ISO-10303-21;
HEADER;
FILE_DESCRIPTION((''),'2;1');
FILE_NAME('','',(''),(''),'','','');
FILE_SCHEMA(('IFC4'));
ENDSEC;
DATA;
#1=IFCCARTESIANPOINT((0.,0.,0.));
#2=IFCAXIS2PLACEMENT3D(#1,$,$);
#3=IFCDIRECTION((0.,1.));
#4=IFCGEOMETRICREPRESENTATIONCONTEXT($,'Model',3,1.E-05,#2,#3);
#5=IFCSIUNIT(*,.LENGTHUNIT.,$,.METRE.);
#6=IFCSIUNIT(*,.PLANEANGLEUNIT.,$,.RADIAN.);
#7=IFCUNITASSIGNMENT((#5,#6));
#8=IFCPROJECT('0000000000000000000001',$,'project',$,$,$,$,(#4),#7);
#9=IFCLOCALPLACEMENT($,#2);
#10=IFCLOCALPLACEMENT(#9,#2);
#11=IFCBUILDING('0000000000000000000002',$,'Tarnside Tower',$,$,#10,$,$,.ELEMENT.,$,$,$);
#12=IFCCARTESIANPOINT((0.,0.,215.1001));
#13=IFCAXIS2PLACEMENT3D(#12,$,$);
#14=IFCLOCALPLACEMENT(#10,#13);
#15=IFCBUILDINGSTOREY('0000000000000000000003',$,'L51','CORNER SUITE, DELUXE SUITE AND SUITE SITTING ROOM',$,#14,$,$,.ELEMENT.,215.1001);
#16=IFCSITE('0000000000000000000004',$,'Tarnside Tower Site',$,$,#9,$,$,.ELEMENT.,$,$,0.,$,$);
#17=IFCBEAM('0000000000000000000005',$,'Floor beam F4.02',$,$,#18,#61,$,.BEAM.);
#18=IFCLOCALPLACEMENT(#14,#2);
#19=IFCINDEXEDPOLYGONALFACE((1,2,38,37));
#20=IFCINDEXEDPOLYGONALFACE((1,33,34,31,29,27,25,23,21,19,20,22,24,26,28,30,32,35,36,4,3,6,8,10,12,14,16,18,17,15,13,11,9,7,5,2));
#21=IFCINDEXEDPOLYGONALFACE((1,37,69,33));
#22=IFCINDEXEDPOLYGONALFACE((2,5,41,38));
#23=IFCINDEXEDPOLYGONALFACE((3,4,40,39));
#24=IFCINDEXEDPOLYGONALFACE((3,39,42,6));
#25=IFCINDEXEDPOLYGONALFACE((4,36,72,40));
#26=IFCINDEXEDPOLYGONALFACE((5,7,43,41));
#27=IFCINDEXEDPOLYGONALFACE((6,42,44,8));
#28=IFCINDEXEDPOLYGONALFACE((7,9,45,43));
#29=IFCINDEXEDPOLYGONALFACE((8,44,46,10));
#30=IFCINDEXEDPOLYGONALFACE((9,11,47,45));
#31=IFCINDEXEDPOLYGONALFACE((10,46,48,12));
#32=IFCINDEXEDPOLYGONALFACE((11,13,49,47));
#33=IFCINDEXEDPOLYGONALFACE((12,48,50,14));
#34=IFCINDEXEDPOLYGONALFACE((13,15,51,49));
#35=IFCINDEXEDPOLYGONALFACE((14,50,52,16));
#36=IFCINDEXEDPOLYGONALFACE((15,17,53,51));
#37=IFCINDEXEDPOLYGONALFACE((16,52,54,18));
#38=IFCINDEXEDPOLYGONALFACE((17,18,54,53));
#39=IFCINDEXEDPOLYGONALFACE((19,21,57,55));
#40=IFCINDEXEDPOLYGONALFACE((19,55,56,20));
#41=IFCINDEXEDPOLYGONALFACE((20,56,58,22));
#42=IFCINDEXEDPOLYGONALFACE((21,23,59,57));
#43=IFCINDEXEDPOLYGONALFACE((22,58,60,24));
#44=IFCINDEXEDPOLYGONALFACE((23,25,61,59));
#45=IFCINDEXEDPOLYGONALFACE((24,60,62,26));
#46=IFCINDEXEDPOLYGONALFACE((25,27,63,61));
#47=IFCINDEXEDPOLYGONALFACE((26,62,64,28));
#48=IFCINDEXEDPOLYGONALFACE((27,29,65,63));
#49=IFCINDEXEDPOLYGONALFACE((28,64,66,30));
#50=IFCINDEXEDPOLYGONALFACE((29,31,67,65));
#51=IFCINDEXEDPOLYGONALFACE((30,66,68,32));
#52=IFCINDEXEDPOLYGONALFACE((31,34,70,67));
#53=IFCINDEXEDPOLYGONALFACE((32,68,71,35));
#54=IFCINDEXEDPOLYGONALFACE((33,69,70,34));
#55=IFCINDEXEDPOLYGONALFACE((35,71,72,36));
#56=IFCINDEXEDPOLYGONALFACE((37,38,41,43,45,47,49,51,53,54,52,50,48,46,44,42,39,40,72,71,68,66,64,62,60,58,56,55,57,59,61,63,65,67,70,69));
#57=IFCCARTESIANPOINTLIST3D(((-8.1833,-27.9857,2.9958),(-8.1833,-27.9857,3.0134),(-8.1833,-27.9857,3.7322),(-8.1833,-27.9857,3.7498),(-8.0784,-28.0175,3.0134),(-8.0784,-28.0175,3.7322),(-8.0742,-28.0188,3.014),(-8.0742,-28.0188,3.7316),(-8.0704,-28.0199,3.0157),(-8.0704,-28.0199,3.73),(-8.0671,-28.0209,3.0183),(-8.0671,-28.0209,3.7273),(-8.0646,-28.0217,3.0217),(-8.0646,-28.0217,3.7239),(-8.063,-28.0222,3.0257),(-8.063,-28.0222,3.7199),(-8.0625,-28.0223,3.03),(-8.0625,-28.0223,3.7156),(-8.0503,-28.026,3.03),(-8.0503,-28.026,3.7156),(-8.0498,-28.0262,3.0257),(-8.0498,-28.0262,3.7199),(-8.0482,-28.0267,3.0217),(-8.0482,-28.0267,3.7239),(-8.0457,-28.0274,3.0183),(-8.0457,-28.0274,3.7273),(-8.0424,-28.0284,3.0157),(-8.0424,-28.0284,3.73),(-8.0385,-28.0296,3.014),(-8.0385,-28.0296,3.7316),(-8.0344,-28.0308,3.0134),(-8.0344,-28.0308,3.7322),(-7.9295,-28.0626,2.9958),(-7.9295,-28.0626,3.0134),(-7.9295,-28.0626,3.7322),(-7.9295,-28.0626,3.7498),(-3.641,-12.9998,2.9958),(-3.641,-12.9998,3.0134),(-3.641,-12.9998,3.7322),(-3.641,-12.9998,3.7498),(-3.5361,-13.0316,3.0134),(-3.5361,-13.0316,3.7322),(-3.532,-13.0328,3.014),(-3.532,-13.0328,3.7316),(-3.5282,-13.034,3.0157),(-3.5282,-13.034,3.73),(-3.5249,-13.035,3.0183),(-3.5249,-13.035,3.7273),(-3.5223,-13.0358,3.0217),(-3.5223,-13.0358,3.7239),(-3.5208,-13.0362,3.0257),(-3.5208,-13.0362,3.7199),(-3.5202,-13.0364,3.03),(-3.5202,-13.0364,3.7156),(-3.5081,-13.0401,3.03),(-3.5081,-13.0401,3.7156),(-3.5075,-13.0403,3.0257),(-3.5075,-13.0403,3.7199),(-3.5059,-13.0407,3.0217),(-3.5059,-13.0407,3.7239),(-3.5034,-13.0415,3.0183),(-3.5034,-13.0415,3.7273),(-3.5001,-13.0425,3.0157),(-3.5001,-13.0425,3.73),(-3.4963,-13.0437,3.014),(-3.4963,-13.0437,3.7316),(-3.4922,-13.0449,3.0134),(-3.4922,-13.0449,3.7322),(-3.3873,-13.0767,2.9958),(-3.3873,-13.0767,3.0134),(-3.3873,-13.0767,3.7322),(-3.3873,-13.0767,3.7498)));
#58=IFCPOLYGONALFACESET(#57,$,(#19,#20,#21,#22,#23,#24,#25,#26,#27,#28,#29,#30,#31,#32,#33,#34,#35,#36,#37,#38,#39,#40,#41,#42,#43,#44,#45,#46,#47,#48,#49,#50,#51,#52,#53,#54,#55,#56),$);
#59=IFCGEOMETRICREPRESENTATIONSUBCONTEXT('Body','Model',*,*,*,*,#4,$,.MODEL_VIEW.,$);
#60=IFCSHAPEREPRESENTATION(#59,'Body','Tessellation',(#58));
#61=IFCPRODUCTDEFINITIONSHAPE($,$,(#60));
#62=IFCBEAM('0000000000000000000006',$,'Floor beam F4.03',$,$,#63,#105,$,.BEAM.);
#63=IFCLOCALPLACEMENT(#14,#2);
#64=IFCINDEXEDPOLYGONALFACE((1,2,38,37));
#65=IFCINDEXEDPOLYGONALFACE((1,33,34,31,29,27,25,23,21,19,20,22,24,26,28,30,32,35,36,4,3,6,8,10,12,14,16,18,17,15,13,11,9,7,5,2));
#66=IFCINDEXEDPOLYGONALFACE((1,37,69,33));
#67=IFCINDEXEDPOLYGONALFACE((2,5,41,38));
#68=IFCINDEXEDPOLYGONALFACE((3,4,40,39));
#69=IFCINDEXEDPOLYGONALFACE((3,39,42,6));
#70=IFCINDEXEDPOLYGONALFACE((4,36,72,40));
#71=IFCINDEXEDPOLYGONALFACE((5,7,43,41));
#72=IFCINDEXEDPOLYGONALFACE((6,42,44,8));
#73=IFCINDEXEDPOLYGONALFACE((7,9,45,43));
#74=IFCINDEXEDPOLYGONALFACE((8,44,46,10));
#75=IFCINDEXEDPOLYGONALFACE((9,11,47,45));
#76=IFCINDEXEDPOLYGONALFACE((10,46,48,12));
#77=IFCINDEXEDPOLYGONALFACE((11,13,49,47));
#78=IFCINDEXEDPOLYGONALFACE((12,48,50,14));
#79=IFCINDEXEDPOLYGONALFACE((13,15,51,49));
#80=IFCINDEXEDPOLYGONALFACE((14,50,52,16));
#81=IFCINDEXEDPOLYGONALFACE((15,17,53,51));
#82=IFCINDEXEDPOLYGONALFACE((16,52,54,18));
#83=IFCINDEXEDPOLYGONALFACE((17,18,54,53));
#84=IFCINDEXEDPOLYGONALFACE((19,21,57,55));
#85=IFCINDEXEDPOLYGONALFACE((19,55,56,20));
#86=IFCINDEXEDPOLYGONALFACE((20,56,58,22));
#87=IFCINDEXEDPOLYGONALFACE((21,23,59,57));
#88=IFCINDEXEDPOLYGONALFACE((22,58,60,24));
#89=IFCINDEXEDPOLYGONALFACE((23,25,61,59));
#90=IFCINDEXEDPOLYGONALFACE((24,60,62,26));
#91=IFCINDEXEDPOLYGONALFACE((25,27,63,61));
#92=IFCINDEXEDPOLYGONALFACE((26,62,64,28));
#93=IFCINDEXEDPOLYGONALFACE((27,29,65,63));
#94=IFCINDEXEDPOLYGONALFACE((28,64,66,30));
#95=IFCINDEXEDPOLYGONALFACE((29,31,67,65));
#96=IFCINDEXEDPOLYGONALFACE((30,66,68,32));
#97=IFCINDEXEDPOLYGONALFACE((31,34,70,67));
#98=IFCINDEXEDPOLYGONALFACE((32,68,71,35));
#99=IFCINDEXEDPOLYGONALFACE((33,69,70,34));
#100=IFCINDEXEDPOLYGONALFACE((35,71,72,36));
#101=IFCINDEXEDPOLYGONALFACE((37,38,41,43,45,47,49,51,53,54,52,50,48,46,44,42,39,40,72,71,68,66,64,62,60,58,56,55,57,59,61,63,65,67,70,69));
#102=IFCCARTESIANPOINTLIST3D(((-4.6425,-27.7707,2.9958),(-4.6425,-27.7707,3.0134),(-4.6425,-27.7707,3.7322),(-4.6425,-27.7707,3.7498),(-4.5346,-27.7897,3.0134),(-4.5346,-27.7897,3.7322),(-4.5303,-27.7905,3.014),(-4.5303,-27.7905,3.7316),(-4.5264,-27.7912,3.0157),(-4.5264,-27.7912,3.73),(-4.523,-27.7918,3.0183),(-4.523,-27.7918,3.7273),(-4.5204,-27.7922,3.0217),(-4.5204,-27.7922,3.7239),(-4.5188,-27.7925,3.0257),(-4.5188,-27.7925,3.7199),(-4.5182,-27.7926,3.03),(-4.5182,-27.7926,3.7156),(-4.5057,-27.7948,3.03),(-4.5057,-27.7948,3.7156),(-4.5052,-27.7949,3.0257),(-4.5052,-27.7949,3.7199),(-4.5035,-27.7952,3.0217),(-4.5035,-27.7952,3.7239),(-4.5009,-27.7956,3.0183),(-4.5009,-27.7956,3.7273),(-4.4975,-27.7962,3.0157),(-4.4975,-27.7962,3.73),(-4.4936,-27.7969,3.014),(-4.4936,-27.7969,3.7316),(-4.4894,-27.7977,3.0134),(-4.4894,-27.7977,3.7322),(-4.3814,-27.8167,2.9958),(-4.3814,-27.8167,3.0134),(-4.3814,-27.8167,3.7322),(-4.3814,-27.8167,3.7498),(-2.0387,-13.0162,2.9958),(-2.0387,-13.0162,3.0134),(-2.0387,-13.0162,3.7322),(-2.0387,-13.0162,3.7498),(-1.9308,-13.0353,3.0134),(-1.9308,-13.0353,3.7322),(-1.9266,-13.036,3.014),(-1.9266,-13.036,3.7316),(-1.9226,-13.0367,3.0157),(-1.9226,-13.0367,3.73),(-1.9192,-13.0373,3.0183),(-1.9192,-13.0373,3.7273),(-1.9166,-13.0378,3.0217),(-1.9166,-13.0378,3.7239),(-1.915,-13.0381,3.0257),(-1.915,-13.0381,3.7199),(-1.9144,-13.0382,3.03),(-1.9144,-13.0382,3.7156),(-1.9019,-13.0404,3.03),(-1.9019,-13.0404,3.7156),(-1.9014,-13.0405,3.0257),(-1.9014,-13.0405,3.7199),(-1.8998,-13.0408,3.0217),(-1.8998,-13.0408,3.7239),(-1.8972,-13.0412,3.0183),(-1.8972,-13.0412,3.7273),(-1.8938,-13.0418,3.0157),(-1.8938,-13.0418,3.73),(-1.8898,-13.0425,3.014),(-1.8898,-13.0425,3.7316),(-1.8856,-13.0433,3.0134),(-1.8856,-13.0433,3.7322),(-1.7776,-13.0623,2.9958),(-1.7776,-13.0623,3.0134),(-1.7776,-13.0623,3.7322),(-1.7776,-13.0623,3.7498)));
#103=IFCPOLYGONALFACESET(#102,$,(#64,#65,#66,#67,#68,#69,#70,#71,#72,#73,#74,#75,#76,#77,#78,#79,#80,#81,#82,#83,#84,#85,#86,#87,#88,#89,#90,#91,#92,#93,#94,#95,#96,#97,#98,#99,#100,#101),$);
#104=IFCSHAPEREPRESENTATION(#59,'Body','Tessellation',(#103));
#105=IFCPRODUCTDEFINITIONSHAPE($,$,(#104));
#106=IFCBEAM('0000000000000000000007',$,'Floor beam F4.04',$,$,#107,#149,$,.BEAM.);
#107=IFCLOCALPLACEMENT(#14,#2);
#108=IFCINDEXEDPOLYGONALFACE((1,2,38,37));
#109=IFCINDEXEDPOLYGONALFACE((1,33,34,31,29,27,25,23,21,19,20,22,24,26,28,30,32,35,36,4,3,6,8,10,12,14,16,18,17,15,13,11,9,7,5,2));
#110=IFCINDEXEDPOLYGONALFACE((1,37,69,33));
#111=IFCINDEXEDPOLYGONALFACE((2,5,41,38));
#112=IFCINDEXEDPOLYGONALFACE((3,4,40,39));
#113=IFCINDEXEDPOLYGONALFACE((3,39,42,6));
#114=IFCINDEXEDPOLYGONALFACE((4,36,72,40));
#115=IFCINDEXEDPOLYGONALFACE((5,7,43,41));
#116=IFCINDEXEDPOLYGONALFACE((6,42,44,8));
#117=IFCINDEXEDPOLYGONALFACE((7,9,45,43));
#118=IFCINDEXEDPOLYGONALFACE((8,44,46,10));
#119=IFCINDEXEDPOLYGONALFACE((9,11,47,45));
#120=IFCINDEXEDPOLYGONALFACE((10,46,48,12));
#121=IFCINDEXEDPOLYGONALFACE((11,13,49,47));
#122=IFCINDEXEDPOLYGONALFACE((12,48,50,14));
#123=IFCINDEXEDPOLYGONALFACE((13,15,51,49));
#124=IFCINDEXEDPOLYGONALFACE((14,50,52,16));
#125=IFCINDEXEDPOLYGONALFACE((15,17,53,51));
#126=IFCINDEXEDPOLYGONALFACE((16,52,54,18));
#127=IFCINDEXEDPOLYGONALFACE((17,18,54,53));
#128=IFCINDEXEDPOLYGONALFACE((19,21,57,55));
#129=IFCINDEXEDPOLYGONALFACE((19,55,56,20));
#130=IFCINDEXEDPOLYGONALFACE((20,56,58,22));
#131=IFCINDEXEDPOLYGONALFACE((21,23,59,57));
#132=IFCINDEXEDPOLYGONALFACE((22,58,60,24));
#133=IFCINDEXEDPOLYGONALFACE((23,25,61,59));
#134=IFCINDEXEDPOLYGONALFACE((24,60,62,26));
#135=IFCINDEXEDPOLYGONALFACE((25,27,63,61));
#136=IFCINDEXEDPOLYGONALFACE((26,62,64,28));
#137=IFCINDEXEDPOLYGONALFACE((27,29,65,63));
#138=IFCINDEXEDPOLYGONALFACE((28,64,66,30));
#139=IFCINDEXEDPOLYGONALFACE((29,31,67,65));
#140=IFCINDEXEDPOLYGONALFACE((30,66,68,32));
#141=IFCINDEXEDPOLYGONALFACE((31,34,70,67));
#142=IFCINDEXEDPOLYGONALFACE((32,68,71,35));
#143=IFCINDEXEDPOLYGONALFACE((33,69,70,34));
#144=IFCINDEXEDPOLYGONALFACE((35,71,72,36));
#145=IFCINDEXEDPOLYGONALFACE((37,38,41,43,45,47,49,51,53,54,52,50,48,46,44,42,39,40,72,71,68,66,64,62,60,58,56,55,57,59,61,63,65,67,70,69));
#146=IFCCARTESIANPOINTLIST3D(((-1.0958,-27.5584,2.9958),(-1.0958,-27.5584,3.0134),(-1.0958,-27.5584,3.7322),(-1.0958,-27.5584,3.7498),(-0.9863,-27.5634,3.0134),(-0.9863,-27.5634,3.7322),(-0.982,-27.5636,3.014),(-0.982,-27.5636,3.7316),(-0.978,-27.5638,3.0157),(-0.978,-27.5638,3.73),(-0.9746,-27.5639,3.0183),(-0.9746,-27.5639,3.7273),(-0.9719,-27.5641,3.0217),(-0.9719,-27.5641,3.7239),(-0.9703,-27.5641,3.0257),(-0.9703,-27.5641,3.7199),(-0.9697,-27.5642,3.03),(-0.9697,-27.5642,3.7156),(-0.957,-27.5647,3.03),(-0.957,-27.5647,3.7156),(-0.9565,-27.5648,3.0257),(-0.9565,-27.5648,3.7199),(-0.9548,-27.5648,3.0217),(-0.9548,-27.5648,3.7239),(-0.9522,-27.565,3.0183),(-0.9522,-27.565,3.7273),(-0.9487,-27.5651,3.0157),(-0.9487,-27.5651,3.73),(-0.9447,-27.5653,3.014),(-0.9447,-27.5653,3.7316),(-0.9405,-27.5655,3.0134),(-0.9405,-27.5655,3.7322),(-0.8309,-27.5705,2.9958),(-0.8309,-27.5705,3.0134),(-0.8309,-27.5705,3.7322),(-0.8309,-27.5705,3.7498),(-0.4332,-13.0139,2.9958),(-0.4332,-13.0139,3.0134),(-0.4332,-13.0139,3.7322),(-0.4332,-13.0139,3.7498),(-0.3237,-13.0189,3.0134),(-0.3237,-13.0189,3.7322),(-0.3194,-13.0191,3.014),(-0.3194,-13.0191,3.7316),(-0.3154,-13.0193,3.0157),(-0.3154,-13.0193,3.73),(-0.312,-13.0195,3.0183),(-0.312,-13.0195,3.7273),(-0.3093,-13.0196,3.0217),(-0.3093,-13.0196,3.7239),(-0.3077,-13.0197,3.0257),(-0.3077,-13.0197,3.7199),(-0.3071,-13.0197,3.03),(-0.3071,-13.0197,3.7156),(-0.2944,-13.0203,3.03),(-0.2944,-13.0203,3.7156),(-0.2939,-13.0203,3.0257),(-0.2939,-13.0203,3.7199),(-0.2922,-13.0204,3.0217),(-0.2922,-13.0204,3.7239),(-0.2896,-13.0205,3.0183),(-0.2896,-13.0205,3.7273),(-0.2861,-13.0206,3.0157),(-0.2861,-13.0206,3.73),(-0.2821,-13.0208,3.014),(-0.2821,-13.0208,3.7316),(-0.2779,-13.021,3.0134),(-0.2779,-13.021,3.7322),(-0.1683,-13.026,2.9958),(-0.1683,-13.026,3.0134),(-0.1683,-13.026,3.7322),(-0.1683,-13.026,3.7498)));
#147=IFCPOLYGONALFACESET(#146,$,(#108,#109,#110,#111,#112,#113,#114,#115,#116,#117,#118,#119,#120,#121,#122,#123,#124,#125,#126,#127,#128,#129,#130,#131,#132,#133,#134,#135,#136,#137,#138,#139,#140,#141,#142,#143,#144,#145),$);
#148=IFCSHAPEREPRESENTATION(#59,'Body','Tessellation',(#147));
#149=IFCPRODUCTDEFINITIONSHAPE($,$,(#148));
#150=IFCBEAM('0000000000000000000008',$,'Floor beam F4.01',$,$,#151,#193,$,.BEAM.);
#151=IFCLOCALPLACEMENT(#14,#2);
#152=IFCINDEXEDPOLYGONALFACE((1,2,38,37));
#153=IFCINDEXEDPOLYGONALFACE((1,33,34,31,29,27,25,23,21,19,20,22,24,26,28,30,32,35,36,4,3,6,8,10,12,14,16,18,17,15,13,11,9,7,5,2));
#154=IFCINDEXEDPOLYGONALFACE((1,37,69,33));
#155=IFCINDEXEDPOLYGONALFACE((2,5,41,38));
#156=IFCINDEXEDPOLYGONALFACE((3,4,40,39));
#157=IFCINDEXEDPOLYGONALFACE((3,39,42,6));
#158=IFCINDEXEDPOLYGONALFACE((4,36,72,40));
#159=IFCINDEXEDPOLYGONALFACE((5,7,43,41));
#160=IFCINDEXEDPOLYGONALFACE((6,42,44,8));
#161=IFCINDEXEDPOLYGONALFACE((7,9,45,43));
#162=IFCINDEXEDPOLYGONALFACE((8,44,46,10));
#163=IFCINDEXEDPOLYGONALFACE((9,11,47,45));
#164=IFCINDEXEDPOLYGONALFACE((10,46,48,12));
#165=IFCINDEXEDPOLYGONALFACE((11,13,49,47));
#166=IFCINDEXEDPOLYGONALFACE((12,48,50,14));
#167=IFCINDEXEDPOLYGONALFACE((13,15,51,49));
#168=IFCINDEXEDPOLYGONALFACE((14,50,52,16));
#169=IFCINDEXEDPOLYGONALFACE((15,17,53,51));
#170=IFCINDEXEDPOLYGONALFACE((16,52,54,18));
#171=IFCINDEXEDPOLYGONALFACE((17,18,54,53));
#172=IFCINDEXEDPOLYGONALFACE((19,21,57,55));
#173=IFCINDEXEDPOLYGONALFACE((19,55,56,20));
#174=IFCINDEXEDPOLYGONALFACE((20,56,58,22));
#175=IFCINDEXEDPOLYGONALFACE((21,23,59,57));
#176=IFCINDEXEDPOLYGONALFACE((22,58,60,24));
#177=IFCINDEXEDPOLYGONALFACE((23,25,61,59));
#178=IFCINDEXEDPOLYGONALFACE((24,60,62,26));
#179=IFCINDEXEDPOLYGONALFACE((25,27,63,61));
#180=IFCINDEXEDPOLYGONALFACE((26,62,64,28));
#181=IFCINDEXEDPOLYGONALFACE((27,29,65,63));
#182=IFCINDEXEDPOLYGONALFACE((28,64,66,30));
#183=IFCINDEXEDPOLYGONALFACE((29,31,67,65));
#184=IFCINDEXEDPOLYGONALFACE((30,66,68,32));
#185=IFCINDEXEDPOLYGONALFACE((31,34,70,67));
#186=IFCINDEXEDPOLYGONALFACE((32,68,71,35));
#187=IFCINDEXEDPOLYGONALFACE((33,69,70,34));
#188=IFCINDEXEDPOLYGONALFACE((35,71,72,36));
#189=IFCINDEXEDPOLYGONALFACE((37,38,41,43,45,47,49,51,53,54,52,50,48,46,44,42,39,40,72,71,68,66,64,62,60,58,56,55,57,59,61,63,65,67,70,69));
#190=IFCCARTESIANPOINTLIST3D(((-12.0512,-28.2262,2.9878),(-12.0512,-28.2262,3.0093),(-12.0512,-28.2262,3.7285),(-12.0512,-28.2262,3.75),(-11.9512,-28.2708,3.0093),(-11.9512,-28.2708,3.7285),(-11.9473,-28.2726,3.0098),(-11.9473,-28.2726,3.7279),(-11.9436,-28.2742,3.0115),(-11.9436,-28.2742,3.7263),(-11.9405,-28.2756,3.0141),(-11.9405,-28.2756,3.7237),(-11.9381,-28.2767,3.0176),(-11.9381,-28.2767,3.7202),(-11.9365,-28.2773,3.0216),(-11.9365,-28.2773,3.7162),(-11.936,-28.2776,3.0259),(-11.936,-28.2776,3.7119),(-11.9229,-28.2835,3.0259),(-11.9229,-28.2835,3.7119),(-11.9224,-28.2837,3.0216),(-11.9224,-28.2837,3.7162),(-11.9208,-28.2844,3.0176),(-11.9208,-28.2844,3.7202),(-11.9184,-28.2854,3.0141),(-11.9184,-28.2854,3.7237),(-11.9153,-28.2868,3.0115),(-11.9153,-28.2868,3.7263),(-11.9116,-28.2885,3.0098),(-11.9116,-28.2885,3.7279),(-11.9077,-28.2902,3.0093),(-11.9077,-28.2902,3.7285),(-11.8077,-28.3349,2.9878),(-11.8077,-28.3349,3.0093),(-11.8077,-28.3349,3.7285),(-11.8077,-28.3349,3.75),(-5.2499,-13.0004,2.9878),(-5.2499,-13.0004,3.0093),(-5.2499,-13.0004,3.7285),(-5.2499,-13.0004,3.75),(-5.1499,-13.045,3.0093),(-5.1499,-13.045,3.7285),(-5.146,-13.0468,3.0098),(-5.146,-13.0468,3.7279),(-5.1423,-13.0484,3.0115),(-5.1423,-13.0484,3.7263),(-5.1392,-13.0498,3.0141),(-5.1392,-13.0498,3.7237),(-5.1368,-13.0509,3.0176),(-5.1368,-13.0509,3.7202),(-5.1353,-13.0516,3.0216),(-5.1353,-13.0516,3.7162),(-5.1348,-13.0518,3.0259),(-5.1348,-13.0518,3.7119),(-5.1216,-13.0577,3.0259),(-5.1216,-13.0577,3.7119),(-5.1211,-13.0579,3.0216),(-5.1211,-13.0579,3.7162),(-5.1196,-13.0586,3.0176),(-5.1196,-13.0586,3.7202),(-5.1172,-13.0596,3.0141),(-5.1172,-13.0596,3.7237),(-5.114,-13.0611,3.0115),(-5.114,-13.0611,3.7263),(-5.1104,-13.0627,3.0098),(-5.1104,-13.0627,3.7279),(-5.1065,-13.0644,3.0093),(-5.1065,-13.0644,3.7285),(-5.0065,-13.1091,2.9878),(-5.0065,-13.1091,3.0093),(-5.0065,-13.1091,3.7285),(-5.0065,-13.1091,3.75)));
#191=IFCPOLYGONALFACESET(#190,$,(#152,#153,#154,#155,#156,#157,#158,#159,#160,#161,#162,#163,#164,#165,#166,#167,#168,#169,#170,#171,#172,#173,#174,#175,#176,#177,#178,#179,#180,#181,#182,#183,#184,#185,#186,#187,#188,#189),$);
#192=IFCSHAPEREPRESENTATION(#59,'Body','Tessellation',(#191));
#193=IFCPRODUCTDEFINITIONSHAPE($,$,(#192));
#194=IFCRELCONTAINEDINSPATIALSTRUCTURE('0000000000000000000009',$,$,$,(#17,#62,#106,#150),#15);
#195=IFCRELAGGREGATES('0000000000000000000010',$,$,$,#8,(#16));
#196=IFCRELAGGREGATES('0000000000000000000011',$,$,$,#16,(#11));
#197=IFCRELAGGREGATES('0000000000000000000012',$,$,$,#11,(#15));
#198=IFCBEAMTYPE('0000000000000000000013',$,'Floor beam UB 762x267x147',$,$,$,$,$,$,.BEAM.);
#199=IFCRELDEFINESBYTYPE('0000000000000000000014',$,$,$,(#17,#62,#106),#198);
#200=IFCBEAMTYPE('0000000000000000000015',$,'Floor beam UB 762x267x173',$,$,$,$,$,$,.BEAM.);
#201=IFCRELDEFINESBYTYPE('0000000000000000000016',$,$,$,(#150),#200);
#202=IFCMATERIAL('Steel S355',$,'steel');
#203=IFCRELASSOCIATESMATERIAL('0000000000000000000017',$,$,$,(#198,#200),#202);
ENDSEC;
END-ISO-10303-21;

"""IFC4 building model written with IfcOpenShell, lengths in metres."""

from ifc_helpers import new_model, si_unit, direction, frame, origin, origin_2d, place, context, subcontext, project, spatial, i_section, extrude, material, material_profile, profile_set, type_object, element, save


model = new_model("IFC4")

# Units and contexts
model_context = context("Model", 3, precision=1e-05, world=origin(), true_north=direction((0.0, 1.0)))
body_context = subcontext(model_context, "Body", "Model", "MODEL_VIEW")
ifc_project = project(units=[si_unit("LENGTHUNIT", "METRE"), si_unit("PLANEANGLEUNIT", "RADIAN")], contexts=[model_context])

# Site, building, storey
site_placement = place(None, origin())
site = spatial("IfcSite", under=ifc_project, at=site_placement, Name="Tarnside Tower Site", CompositionType="ELEMENT", RefElevation=0.0)
building_placement = place(site_placement, origin())
building = spatial("IfcBuilding", under=site, at=building_placement, Name="Tarnside Tower", CompositionType="ELEMENT")
storey_placement = place(building_placement, frame((0.0, 0.0, 215.1001)))
storey = spatial("IfcBuildingStorey", under=building, at=storey_placement, Name="L51", Description="CORNER SUITE, DELUXE SUITE AND SUITE SITTING ROOM", CompositionType="ELEMENT", Elevation=215.1001)

# Beams
ifc_material_1 = material(Name="Steel S355", Category="steel")
ifc_material_profile_1 = material_profile(ifc_material_1, i_section(OverallWidth=0.2651, OverallDepth=0.7539, WebThickness=0.0127, FlangeThickness=0.0176, FilletRadius=0.0166, at=origin_2d()), Name="UB 762x267x147")
ifc_profile_set_1 = profile_set([ifc_material_profile_1], Name="Steel S355")
beam_type_1 = type_object("IfcBeamType", Name="Floor beam UB 762x267x147", PredefinedType="BEAM", material=ifc_profile_set_1)
beam_1_placement = place(storey_placement, frame((-8.0564, -28.0242, 3.3728), z_axis=(0.29007, 0.957005, 0.0), x_axis=(-0.957005, 0.29007, 0.0)))
element("IfcBeam", 1, at=beam_1_placement, inside=storey, type_object=beam_type_1, Name="Floor beam F4.02", PredefinedType="BEAM", context=body_context, shape_type="SweptSolid", body=[
    extrude(i_section(OverallWidth=0.2651, OverallDepth=0.7539, WebThickness=0.0127, FlangeThickness=0.0176, FilletRadius=0.0166, at=origin_2d()), origin(), (0.0, 0.0, 1.0), 15.6592),
])
beam_2_placement = place(storey_placement, frame((-4.512, -27.7937, 3.3728), z_axis=(0.173788, 0.984783, 0.0), x_axis=(-0.984783, 0.173788, 0.0)))
element("IfcBeam", 2, at=beam_2_placement, inside=storey, type_object=beam_type_1, Name="Floor beam F4.03", PredefinedType="BEAM", context=body_context, shape_type="SweptSolid", body=[
    extrude(i_section(OverallWidth=0.2651, OverallDepth=0.7539, WebThickness=0.0127, FlangeThickness=0.0176, FilletRadius=0.0166, at=origin_2d()), origin(), (0.0, 0.0, 1.0), 14.9824),
])
beam_3_placement = place(storey_placement, frame((-0.9634, -27.5645, 3.3728), z_axis=(0.04551, 0.998964, 0.0), x_axis=(-0.998964, 0.04551, 0.0)))
element("IfcBeam", 3, at=beam_3_placement, inside=storey, type_object=beam_type_1, Name="Floor beam F4.04", PredefinedType="BEAM", context=body_context, shape_type="SweptSolid", body=[
    extrude(i_section(OverallWidth=0.2651, OverallDepth=0.7539, WebThickness=0.0127, FlangeThickness=0.0176, FilletRadius=0.0166, at=origin_2d()), origin(), (0.0, 0.0, 1.0), 14.5596),
])
ifc_material_profile_2 = material_profile(ifc_material_1, i_section(OverallWidth=0.2666, OverallDepth=0.7622, WebThickness=0.0144, FlangeThickness=0.0215, FilletRadius=0.0166, at=origin_2d()), Name="UB 762x267x173")
ifc_profile_set_2 = profile_set([ifc_material_profile_2], Name="Steel S355")
beam_type_2 = type_object("IfcBeamType", Name="Floor beam UB 762x267x173", PredefinedType="BEAM", material=ifc_profile_set_2)
beam_4_placement = place(storey_placement, frame((-11.9294, -28.2805, 3.3689), z_axis=(0.407852, 0.913048, 0.0), x_axis=(-0.913048, 0.407852, 0.0)))
element("IfcBeam", 4, at=beam_4_placement, inside=storey, type_object=beam_type_2, Name="Floor beam F4.01", PredefinedType="BEAM", context=body_context, shape_type="SweptSolid", body=[
    extrude(i_section(OverallWidth=0.2666, OverallDepth=0.7622, WebThickness=0.0144, FlangeThickness=0.0215, FilletRadius=0.0166, at=origin_2d()), origin(), (0.0, 0.0, 1.0), 16.6758),
])

save(model, "model.ifc")
